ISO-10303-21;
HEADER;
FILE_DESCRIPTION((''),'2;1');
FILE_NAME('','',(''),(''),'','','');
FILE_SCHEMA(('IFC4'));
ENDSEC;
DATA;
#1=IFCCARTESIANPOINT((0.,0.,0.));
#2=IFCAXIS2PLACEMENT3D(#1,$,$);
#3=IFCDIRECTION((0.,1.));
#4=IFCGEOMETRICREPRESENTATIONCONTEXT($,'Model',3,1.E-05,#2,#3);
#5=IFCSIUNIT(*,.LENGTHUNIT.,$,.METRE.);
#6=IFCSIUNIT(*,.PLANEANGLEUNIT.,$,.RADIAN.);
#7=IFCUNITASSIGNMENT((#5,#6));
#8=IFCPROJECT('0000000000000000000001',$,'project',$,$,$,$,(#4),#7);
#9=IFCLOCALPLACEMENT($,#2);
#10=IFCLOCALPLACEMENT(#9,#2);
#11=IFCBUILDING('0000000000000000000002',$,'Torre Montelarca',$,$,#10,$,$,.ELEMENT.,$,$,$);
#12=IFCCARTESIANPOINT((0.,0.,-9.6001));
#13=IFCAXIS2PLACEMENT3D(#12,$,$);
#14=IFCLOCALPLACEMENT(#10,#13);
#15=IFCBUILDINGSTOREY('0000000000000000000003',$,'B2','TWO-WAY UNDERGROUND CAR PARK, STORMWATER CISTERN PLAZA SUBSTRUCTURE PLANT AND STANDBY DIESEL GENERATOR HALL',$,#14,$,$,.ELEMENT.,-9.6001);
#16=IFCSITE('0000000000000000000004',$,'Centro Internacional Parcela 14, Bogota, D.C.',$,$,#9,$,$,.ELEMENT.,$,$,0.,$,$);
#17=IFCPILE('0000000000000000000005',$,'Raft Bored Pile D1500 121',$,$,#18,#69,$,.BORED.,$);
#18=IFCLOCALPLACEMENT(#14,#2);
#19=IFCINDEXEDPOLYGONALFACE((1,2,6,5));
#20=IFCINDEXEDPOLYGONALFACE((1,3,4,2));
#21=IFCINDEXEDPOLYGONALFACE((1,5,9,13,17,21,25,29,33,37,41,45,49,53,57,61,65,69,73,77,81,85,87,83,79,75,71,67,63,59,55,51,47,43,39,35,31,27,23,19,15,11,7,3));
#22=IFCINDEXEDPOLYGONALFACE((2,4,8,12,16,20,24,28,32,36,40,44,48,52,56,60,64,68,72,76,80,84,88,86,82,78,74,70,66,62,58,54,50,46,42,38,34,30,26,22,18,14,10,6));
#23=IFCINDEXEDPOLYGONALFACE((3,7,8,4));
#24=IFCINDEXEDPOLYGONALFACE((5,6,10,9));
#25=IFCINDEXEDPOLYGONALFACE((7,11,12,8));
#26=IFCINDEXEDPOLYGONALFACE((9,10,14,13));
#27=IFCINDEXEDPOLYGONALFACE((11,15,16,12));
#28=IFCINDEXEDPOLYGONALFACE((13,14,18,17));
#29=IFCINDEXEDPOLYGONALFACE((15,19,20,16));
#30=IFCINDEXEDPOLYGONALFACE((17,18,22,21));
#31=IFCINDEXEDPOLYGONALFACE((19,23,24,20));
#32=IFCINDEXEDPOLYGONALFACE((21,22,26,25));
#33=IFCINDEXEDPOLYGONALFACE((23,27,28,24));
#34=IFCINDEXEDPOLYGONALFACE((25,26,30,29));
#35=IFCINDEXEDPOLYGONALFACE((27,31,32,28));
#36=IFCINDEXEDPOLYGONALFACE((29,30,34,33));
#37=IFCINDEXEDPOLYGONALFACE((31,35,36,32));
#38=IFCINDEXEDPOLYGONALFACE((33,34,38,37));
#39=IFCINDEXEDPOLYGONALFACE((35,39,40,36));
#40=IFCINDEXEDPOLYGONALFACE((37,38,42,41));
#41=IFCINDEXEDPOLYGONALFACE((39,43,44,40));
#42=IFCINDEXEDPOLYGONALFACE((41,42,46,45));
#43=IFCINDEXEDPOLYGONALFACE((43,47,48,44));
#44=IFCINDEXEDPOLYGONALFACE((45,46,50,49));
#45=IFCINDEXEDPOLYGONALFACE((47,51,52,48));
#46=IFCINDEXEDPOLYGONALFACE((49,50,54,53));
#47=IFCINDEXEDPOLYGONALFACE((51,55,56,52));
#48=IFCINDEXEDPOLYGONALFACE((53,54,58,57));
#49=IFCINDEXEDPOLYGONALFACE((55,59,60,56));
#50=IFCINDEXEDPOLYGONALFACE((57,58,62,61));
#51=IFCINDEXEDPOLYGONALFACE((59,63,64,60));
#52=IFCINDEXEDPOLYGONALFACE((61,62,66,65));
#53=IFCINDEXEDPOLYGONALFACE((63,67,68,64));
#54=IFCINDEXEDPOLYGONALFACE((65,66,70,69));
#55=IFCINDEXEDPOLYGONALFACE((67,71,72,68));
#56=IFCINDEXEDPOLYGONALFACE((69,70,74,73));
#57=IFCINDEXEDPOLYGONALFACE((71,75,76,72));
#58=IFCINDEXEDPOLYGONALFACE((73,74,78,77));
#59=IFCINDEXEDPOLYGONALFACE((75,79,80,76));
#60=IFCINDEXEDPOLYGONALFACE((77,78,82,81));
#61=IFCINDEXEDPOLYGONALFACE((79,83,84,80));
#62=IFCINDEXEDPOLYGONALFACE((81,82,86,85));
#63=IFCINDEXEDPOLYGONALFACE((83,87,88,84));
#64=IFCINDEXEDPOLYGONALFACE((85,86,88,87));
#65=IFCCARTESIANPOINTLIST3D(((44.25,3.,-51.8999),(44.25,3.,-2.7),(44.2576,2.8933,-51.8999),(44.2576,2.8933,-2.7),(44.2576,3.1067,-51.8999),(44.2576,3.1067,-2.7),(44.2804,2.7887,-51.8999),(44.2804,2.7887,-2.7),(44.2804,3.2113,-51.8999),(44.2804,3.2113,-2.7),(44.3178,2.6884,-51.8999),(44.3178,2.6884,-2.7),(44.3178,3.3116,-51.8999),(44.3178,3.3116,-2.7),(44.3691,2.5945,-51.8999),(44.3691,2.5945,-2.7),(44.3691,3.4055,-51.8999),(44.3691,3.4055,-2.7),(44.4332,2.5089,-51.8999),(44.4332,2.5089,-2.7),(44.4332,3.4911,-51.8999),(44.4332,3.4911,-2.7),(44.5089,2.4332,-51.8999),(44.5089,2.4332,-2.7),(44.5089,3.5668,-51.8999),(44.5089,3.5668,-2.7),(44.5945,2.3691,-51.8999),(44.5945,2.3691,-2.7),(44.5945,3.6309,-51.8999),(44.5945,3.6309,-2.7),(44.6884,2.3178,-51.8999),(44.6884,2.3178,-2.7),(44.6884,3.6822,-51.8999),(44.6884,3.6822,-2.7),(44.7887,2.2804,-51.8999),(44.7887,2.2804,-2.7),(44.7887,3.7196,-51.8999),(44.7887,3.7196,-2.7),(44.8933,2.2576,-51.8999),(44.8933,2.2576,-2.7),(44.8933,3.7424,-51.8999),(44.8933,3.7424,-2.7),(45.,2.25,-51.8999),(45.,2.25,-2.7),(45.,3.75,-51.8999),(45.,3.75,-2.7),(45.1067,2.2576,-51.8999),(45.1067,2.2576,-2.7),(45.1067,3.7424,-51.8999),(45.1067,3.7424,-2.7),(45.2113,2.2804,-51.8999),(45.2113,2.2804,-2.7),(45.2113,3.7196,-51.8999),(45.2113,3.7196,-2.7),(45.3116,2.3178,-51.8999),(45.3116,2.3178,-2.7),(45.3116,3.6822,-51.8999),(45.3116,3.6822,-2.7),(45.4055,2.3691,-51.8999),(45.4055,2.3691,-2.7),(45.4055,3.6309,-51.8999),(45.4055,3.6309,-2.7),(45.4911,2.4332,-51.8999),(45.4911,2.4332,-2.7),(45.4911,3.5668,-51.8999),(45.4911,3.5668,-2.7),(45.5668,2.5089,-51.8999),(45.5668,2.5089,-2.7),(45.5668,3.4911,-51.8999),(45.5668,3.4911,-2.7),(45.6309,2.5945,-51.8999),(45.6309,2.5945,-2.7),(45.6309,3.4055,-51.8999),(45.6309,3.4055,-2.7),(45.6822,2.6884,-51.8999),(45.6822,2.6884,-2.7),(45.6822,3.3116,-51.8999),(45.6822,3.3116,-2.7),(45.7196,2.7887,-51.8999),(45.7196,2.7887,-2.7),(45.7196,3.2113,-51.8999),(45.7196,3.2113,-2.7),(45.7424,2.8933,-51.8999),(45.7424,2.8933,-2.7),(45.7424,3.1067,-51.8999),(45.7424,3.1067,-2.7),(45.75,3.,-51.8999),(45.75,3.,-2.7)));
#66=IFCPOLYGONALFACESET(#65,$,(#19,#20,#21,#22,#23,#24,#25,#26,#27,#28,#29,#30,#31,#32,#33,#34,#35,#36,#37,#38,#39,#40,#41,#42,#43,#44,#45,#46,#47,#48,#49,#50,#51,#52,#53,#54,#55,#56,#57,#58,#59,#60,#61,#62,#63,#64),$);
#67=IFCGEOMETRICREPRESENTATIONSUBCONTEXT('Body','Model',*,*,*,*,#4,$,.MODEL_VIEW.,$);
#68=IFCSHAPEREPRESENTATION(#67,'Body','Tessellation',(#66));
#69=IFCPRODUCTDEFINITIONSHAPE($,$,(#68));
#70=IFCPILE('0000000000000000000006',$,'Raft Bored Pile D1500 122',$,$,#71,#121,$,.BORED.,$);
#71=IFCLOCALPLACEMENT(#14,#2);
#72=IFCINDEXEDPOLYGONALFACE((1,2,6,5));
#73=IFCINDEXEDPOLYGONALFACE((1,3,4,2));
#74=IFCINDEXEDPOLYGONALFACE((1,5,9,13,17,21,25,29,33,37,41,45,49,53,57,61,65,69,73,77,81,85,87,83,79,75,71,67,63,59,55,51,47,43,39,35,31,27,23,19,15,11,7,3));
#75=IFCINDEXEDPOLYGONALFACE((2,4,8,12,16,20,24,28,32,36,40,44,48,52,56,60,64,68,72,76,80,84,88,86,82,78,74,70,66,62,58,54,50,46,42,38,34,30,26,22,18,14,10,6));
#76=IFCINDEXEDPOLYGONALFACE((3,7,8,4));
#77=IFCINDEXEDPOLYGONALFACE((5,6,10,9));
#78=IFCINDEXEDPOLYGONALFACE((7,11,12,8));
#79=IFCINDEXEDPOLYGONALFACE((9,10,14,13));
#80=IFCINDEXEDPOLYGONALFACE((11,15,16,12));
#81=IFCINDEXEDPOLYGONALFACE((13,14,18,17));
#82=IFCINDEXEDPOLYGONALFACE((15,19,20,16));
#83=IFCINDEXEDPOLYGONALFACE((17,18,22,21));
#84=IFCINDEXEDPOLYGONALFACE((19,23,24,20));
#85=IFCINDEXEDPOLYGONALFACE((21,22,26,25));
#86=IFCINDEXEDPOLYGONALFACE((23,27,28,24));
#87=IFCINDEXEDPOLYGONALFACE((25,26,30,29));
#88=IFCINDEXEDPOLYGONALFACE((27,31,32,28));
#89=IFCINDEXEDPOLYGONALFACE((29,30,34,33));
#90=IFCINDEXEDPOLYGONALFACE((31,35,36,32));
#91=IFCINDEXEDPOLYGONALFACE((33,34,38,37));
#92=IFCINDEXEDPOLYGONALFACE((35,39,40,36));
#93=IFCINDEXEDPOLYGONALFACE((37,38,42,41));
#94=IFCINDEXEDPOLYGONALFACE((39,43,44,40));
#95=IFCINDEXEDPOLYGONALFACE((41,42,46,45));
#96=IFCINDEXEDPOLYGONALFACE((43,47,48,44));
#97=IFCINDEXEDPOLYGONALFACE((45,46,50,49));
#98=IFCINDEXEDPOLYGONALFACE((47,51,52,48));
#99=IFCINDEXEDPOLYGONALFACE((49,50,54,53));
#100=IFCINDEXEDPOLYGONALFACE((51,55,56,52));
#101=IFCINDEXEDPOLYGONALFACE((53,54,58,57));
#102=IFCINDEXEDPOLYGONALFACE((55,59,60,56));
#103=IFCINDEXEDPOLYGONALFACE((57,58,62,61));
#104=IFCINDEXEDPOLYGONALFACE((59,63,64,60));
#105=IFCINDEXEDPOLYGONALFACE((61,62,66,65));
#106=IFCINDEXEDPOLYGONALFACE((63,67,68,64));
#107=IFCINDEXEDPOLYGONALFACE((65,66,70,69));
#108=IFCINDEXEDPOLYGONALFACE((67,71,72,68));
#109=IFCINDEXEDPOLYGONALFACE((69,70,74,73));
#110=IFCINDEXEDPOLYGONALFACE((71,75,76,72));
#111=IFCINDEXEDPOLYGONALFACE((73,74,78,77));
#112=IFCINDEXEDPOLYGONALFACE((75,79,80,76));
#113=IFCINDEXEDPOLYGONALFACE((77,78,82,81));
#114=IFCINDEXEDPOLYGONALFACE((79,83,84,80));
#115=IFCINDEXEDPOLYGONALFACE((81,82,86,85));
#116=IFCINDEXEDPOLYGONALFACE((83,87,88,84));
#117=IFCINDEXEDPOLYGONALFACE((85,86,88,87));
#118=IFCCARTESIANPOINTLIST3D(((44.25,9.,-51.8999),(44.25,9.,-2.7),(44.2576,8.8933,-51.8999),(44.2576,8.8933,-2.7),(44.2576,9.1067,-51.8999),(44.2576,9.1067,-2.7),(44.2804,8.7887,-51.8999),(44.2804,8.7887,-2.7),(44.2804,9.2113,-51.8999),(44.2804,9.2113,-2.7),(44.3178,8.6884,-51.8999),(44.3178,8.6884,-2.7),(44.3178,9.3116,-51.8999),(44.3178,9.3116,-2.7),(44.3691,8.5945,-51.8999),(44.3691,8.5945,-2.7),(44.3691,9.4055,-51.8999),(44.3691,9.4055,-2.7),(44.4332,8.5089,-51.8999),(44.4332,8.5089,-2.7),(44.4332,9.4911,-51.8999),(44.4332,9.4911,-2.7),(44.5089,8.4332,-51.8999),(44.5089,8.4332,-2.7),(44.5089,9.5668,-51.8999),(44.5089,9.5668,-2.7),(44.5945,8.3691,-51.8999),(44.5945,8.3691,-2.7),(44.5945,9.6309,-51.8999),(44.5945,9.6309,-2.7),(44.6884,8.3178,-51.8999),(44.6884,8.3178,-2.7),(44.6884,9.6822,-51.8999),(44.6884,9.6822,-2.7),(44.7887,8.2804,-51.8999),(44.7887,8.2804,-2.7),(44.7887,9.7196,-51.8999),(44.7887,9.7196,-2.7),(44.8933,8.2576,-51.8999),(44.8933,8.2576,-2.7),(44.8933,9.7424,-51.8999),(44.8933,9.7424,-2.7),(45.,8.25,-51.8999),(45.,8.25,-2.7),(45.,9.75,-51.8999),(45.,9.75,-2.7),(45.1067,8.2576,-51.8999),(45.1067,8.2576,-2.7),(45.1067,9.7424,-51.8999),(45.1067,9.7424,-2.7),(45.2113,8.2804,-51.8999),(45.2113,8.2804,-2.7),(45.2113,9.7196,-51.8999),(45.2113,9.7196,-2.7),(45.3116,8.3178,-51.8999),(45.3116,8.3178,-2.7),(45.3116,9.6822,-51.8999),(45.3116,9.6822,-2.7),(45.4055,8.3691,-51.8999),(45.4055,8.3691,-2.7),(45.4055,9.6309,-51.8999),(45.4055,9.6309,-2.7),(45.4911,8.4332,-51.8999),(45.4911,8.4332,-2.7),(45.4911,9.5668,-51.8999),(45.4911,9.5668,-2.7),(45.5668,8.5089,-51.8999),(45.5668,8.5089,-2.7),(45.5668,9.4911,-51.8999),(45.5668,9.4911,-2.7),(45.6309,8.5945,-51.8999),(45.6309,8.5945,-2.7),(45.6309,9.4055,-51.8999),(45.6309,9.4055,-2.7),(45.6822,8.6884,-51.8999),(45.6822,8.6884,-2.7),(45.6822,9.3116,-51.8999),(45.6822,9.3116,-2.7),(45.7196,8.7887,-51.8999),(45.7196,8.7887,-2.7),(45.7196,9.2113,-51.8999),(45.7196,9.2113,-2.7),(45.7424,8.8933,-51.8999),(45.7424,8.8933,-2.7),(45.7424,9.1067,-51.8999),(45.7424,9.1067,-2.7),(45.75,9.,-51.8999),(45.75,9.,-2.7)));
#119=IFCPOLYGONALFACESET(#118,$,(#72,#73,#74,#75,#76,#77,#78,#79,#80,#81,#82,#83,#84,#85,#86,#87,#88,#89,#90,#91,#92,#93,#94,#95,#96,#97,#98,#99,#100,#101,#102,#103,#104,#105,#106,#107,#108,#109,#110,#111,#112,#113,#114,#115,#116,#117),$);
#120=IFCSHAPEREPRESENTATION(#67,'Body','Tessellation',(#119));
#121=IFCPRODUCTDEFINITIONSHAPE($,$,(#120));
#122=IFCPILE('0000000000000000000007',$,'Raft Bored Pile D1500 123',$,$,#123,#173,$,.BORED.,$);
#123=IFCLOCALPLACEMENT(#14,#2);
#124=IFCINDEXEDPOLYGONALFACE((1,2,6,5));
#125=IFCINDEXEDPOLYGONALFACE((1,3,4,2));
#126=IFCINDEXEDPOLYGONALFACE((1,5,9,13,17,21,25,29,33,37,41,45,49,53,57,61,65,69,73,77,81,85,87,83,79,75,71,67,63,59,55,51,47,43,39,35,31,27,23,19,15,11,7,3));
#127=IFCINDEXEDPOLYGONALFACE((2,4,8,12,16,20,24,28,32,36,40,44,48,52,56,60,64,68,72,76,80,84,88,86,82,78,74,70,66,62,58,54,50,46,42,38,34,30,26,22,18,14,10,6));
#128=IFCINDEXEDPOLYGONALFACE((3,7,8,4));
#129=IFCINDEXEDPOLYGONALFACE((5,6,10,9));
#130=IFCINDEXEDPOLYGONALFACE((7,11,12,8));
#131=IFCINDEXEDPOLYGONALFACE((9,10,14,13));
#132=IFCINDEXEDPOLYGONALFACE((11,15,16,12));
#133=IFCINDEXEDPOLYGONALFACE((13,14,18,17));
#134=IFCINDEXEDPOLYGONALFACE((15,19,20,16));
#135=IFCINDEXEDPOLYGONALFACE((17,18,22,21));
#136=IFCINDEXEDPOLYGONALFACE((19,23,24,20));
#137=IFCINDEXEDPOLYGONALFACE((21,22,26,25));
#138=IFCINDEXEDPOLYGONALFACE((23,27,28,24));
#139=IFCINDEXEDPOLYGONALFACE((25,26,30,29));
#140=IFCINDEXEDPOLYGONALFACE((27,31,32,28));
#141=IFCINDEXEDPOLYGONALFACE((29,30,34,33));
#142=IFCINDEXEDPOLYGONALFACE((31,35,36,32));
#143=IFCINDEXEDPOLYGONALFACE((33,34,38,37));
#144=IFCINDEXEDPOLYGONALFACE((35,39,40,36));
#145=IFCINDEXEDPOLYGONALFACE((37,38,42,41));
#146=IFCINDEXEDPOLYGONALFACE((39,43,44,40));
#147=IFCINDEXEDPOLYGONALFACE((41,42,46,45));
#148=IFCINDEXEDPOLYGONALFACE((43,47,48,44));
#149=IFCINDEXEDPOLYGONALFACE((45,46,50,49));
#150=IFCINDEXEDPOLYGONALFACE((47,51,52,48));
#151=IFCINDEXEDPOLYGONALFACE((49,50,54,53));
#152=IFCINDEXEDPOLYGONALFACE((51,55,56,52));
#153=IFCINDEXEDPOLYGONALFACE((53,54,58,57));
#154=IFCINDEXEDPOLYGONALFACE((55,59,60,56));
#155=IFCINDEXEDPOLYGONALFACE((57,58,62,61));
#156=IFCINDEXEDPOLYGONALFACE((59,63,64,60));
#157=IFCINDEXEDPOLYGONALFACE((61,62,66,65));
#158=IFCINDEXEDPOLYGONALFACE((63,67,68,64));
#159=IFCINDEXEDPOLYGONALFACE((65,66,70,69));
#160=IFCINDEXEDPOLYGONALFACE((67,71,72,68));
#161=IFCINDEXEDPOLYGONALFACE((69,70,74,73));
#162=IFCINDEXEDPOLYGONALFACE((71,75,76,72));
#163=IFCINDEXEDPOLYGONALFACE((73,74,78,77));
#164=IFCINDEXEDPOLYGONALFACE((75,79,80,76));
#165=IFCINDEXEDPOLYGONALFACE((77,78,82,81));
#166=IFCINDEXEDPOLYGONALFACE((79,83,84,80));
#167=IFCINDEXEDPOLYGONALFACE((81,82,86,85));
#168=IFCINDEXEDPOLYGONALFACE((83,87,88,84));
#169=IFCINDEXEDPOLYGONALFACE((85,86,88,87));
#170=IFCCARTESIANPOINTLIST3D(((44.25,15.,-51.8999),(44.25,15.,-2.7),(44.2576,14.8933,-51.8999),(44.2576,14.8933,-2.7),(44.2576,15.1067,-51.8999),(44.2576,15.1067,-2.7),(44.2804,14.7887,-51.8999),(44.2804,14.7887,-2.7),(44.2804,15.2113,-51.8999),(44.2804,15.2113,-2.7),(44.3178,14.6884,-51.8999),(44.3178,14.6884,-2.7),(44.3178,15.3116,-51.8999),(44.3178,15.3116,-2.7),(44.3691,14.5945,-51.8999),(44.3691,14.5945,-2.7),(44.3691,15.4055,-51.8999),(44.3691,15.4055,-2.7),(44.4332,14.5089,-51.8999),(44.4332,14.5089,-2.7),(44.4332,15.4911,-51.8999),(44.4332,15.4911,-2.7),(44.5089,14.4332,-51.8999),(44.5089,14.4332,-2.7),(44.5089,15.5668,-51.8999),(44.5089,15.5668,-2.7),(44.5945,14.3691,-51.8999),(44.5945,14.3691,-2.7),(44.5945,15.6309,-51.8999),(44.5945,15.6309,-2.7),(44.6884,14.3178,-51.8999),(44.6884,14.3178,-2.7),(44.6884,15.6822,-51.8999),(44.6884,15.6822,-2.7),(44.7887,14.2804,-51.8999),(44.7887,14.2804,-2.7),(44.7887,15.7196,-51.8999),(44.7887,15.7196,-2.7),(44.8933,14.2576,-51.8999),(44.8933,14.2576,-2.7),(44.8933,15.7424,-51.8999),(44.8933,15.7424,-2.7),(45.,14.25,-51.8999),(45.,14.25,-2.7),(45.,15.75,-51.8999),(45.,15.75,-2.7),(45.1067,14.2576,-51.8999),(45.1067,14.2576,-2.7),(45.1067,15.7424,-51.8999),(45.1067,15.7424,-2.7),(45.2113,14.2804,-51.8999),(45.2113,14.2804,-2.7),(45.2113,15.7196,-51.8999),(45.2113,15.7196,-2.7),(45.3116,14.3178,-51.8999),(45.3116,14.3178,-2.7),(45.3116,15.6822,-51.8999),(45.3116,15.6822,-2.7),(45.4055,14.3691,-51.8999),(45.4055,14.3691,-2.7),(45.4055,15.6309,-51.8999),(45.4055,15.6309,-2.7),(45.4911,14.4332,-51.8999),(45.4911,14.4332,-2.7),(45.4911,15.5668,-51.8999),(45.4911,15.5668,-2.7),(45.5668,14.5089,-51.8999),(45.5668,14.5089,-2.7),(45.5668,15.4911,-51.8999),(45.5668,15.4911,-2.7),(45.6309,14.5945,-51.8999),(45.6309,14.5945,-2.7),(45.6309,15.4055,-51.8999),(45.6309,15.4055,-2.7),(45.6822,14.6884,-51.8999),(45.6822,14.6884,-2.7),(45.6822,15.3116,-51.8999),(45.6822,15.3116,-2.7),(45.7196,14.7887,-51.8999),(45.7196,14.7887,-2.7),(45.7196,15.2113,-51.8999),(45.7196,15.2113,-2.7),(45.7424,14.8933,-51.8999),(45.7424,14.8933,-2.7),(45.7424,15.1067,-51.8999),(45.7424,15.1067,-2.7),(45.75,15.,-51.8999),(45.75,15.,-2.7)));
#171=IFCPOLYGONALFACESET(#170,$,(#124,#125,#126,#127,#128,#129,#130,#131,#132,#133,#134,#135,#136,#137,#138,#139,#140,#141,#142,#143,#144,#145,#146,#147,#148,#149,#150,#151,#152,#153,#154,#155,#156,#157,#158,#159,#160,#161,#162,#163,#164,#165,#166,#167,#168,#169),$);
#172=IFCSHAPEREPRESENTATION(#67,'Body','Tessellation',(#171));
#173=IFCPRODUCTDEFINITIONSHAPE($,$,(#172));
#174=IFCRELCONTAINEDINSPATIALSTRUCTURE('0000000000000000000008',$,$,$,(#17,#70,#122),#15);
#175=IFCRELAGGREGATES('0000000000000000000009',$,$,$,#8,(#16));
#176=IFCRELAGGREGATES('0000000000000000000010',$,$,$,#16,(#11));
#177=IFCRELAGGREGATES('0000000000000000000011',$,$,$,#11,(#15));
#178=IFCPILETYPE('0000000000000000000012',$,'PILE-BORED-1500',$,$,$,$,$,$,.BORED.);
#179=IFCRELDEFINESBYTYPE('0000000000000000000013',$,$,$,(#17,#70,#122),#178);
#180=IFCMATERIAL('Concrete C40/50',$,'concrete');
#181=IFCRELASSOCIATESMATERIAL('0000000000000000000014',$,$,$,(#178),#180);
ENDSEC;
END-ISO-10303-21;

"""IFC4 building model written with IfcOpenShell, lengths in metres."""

from ifc_helpers import new_model, si_unit, direction, frame, origin, origin_2d, place, context, subcontext, project, spatial, circle, extrude, source, transform, mapped, material, material_profile, profile_set, type_object, element, save


model = new_model("IFC4")

# Units and contexts
model_context = context("Model", 3, precision=1e-05, world=origin(), true_north=direction((0.0, 1.0)))
body_context = subcontext(model_context, "Body", "Model", "MODEL_VIEW")
ifc_project = project(units=[si_unit("LENGTHUNIT", "METRE"), si_unit("PLANEANGLEUNIT", "RADIAN")], contexts=[model_context])

# Site, building, storey
site_placement = place(None, origin())
site = spatial("IfcSite", under=ifc_project, at=site_placement, Name="Centro Internacional Parcela 14, Bogota, D.C.", CompositionType="ELEMENT", RefElevation=0.0)
building_placement = place(site_placement, origin())
building = spatial("IfcBuilding", under=site, at=building_placement, Name="Torre Montelarca", CompositionType="ELEMENT")
storey_placement = place(building_placement, frame((0.0, 0.0, -9.6001)))
storey = spatial("IfcBuildingStorey", under=building, at=storey_placement, Name="B2", Description="TWO-WAY UNDERGROUND CAR PARK, STORMWATER CISTERN PLAZA SUBSTRUCTURE PLANT AND STANDBY DIESEL GENERATOR HALL", CompositionType="ELEMENT", Elevation=-9.6001)

# Piles
ifc_material_1 = material(Name="Concrete C40/50", Category="concrete")
ifc_material_profile_1 = material_profile(ifc_material_1, circle(Radius=0.75, at=origin_2d()), Name="PILE-D1500", Category="concrete")
ifc_profile_set_1 = profile_set([ifc_material_profile_1], Name="Concrete C40/50")
pile_type_1 = type_object("IfcPileType", Name="PILE-BORED-1500", PredefinedType="BORED", material=ifc_profile_set_1)
shared_shape_1 = source(origin(), body_context, "Body", "SweptSolid", [
    extrude(circle(Radius=0.75, at=origin_2d()), origin(), (0.0, 0.0, 1.0), 49.2),
])
for number, where, z_axis, x_axis, name in (
    (1, (45.0, 3.0, -2.7), (0.0, 0.0, -1.0), (1.0, 0.0, 0.0), "Raft Bored Pile D1500 121"),
    (2, (45.0, 9.0, -2.7), (0.0, 0.0, -1.0), (1.0, 0.0, 0.0), "Raft Bored Pile D1500 122"),
    (3, (45.0, 15.0, -2.7), (0.0, 0.0, -1.0), (1.0, 0.0, 0.0), "Raft Bored Pile D1500 123"),
):
    element("IfcPile", number, at=place(storey_placement, frame(where, z_axis=z_axis, x_axis=x_axis)), inside=storey, type_object=pile_type_1, Name=name, PredefinedType="BORED", context=body_context, shape_type="MappedRepresentation", body=[
        mapped(shared_shape_1, transform((0.0, 0.0, 0.0), scale=1.0)),
    ])

save(model, "model.ifc")
